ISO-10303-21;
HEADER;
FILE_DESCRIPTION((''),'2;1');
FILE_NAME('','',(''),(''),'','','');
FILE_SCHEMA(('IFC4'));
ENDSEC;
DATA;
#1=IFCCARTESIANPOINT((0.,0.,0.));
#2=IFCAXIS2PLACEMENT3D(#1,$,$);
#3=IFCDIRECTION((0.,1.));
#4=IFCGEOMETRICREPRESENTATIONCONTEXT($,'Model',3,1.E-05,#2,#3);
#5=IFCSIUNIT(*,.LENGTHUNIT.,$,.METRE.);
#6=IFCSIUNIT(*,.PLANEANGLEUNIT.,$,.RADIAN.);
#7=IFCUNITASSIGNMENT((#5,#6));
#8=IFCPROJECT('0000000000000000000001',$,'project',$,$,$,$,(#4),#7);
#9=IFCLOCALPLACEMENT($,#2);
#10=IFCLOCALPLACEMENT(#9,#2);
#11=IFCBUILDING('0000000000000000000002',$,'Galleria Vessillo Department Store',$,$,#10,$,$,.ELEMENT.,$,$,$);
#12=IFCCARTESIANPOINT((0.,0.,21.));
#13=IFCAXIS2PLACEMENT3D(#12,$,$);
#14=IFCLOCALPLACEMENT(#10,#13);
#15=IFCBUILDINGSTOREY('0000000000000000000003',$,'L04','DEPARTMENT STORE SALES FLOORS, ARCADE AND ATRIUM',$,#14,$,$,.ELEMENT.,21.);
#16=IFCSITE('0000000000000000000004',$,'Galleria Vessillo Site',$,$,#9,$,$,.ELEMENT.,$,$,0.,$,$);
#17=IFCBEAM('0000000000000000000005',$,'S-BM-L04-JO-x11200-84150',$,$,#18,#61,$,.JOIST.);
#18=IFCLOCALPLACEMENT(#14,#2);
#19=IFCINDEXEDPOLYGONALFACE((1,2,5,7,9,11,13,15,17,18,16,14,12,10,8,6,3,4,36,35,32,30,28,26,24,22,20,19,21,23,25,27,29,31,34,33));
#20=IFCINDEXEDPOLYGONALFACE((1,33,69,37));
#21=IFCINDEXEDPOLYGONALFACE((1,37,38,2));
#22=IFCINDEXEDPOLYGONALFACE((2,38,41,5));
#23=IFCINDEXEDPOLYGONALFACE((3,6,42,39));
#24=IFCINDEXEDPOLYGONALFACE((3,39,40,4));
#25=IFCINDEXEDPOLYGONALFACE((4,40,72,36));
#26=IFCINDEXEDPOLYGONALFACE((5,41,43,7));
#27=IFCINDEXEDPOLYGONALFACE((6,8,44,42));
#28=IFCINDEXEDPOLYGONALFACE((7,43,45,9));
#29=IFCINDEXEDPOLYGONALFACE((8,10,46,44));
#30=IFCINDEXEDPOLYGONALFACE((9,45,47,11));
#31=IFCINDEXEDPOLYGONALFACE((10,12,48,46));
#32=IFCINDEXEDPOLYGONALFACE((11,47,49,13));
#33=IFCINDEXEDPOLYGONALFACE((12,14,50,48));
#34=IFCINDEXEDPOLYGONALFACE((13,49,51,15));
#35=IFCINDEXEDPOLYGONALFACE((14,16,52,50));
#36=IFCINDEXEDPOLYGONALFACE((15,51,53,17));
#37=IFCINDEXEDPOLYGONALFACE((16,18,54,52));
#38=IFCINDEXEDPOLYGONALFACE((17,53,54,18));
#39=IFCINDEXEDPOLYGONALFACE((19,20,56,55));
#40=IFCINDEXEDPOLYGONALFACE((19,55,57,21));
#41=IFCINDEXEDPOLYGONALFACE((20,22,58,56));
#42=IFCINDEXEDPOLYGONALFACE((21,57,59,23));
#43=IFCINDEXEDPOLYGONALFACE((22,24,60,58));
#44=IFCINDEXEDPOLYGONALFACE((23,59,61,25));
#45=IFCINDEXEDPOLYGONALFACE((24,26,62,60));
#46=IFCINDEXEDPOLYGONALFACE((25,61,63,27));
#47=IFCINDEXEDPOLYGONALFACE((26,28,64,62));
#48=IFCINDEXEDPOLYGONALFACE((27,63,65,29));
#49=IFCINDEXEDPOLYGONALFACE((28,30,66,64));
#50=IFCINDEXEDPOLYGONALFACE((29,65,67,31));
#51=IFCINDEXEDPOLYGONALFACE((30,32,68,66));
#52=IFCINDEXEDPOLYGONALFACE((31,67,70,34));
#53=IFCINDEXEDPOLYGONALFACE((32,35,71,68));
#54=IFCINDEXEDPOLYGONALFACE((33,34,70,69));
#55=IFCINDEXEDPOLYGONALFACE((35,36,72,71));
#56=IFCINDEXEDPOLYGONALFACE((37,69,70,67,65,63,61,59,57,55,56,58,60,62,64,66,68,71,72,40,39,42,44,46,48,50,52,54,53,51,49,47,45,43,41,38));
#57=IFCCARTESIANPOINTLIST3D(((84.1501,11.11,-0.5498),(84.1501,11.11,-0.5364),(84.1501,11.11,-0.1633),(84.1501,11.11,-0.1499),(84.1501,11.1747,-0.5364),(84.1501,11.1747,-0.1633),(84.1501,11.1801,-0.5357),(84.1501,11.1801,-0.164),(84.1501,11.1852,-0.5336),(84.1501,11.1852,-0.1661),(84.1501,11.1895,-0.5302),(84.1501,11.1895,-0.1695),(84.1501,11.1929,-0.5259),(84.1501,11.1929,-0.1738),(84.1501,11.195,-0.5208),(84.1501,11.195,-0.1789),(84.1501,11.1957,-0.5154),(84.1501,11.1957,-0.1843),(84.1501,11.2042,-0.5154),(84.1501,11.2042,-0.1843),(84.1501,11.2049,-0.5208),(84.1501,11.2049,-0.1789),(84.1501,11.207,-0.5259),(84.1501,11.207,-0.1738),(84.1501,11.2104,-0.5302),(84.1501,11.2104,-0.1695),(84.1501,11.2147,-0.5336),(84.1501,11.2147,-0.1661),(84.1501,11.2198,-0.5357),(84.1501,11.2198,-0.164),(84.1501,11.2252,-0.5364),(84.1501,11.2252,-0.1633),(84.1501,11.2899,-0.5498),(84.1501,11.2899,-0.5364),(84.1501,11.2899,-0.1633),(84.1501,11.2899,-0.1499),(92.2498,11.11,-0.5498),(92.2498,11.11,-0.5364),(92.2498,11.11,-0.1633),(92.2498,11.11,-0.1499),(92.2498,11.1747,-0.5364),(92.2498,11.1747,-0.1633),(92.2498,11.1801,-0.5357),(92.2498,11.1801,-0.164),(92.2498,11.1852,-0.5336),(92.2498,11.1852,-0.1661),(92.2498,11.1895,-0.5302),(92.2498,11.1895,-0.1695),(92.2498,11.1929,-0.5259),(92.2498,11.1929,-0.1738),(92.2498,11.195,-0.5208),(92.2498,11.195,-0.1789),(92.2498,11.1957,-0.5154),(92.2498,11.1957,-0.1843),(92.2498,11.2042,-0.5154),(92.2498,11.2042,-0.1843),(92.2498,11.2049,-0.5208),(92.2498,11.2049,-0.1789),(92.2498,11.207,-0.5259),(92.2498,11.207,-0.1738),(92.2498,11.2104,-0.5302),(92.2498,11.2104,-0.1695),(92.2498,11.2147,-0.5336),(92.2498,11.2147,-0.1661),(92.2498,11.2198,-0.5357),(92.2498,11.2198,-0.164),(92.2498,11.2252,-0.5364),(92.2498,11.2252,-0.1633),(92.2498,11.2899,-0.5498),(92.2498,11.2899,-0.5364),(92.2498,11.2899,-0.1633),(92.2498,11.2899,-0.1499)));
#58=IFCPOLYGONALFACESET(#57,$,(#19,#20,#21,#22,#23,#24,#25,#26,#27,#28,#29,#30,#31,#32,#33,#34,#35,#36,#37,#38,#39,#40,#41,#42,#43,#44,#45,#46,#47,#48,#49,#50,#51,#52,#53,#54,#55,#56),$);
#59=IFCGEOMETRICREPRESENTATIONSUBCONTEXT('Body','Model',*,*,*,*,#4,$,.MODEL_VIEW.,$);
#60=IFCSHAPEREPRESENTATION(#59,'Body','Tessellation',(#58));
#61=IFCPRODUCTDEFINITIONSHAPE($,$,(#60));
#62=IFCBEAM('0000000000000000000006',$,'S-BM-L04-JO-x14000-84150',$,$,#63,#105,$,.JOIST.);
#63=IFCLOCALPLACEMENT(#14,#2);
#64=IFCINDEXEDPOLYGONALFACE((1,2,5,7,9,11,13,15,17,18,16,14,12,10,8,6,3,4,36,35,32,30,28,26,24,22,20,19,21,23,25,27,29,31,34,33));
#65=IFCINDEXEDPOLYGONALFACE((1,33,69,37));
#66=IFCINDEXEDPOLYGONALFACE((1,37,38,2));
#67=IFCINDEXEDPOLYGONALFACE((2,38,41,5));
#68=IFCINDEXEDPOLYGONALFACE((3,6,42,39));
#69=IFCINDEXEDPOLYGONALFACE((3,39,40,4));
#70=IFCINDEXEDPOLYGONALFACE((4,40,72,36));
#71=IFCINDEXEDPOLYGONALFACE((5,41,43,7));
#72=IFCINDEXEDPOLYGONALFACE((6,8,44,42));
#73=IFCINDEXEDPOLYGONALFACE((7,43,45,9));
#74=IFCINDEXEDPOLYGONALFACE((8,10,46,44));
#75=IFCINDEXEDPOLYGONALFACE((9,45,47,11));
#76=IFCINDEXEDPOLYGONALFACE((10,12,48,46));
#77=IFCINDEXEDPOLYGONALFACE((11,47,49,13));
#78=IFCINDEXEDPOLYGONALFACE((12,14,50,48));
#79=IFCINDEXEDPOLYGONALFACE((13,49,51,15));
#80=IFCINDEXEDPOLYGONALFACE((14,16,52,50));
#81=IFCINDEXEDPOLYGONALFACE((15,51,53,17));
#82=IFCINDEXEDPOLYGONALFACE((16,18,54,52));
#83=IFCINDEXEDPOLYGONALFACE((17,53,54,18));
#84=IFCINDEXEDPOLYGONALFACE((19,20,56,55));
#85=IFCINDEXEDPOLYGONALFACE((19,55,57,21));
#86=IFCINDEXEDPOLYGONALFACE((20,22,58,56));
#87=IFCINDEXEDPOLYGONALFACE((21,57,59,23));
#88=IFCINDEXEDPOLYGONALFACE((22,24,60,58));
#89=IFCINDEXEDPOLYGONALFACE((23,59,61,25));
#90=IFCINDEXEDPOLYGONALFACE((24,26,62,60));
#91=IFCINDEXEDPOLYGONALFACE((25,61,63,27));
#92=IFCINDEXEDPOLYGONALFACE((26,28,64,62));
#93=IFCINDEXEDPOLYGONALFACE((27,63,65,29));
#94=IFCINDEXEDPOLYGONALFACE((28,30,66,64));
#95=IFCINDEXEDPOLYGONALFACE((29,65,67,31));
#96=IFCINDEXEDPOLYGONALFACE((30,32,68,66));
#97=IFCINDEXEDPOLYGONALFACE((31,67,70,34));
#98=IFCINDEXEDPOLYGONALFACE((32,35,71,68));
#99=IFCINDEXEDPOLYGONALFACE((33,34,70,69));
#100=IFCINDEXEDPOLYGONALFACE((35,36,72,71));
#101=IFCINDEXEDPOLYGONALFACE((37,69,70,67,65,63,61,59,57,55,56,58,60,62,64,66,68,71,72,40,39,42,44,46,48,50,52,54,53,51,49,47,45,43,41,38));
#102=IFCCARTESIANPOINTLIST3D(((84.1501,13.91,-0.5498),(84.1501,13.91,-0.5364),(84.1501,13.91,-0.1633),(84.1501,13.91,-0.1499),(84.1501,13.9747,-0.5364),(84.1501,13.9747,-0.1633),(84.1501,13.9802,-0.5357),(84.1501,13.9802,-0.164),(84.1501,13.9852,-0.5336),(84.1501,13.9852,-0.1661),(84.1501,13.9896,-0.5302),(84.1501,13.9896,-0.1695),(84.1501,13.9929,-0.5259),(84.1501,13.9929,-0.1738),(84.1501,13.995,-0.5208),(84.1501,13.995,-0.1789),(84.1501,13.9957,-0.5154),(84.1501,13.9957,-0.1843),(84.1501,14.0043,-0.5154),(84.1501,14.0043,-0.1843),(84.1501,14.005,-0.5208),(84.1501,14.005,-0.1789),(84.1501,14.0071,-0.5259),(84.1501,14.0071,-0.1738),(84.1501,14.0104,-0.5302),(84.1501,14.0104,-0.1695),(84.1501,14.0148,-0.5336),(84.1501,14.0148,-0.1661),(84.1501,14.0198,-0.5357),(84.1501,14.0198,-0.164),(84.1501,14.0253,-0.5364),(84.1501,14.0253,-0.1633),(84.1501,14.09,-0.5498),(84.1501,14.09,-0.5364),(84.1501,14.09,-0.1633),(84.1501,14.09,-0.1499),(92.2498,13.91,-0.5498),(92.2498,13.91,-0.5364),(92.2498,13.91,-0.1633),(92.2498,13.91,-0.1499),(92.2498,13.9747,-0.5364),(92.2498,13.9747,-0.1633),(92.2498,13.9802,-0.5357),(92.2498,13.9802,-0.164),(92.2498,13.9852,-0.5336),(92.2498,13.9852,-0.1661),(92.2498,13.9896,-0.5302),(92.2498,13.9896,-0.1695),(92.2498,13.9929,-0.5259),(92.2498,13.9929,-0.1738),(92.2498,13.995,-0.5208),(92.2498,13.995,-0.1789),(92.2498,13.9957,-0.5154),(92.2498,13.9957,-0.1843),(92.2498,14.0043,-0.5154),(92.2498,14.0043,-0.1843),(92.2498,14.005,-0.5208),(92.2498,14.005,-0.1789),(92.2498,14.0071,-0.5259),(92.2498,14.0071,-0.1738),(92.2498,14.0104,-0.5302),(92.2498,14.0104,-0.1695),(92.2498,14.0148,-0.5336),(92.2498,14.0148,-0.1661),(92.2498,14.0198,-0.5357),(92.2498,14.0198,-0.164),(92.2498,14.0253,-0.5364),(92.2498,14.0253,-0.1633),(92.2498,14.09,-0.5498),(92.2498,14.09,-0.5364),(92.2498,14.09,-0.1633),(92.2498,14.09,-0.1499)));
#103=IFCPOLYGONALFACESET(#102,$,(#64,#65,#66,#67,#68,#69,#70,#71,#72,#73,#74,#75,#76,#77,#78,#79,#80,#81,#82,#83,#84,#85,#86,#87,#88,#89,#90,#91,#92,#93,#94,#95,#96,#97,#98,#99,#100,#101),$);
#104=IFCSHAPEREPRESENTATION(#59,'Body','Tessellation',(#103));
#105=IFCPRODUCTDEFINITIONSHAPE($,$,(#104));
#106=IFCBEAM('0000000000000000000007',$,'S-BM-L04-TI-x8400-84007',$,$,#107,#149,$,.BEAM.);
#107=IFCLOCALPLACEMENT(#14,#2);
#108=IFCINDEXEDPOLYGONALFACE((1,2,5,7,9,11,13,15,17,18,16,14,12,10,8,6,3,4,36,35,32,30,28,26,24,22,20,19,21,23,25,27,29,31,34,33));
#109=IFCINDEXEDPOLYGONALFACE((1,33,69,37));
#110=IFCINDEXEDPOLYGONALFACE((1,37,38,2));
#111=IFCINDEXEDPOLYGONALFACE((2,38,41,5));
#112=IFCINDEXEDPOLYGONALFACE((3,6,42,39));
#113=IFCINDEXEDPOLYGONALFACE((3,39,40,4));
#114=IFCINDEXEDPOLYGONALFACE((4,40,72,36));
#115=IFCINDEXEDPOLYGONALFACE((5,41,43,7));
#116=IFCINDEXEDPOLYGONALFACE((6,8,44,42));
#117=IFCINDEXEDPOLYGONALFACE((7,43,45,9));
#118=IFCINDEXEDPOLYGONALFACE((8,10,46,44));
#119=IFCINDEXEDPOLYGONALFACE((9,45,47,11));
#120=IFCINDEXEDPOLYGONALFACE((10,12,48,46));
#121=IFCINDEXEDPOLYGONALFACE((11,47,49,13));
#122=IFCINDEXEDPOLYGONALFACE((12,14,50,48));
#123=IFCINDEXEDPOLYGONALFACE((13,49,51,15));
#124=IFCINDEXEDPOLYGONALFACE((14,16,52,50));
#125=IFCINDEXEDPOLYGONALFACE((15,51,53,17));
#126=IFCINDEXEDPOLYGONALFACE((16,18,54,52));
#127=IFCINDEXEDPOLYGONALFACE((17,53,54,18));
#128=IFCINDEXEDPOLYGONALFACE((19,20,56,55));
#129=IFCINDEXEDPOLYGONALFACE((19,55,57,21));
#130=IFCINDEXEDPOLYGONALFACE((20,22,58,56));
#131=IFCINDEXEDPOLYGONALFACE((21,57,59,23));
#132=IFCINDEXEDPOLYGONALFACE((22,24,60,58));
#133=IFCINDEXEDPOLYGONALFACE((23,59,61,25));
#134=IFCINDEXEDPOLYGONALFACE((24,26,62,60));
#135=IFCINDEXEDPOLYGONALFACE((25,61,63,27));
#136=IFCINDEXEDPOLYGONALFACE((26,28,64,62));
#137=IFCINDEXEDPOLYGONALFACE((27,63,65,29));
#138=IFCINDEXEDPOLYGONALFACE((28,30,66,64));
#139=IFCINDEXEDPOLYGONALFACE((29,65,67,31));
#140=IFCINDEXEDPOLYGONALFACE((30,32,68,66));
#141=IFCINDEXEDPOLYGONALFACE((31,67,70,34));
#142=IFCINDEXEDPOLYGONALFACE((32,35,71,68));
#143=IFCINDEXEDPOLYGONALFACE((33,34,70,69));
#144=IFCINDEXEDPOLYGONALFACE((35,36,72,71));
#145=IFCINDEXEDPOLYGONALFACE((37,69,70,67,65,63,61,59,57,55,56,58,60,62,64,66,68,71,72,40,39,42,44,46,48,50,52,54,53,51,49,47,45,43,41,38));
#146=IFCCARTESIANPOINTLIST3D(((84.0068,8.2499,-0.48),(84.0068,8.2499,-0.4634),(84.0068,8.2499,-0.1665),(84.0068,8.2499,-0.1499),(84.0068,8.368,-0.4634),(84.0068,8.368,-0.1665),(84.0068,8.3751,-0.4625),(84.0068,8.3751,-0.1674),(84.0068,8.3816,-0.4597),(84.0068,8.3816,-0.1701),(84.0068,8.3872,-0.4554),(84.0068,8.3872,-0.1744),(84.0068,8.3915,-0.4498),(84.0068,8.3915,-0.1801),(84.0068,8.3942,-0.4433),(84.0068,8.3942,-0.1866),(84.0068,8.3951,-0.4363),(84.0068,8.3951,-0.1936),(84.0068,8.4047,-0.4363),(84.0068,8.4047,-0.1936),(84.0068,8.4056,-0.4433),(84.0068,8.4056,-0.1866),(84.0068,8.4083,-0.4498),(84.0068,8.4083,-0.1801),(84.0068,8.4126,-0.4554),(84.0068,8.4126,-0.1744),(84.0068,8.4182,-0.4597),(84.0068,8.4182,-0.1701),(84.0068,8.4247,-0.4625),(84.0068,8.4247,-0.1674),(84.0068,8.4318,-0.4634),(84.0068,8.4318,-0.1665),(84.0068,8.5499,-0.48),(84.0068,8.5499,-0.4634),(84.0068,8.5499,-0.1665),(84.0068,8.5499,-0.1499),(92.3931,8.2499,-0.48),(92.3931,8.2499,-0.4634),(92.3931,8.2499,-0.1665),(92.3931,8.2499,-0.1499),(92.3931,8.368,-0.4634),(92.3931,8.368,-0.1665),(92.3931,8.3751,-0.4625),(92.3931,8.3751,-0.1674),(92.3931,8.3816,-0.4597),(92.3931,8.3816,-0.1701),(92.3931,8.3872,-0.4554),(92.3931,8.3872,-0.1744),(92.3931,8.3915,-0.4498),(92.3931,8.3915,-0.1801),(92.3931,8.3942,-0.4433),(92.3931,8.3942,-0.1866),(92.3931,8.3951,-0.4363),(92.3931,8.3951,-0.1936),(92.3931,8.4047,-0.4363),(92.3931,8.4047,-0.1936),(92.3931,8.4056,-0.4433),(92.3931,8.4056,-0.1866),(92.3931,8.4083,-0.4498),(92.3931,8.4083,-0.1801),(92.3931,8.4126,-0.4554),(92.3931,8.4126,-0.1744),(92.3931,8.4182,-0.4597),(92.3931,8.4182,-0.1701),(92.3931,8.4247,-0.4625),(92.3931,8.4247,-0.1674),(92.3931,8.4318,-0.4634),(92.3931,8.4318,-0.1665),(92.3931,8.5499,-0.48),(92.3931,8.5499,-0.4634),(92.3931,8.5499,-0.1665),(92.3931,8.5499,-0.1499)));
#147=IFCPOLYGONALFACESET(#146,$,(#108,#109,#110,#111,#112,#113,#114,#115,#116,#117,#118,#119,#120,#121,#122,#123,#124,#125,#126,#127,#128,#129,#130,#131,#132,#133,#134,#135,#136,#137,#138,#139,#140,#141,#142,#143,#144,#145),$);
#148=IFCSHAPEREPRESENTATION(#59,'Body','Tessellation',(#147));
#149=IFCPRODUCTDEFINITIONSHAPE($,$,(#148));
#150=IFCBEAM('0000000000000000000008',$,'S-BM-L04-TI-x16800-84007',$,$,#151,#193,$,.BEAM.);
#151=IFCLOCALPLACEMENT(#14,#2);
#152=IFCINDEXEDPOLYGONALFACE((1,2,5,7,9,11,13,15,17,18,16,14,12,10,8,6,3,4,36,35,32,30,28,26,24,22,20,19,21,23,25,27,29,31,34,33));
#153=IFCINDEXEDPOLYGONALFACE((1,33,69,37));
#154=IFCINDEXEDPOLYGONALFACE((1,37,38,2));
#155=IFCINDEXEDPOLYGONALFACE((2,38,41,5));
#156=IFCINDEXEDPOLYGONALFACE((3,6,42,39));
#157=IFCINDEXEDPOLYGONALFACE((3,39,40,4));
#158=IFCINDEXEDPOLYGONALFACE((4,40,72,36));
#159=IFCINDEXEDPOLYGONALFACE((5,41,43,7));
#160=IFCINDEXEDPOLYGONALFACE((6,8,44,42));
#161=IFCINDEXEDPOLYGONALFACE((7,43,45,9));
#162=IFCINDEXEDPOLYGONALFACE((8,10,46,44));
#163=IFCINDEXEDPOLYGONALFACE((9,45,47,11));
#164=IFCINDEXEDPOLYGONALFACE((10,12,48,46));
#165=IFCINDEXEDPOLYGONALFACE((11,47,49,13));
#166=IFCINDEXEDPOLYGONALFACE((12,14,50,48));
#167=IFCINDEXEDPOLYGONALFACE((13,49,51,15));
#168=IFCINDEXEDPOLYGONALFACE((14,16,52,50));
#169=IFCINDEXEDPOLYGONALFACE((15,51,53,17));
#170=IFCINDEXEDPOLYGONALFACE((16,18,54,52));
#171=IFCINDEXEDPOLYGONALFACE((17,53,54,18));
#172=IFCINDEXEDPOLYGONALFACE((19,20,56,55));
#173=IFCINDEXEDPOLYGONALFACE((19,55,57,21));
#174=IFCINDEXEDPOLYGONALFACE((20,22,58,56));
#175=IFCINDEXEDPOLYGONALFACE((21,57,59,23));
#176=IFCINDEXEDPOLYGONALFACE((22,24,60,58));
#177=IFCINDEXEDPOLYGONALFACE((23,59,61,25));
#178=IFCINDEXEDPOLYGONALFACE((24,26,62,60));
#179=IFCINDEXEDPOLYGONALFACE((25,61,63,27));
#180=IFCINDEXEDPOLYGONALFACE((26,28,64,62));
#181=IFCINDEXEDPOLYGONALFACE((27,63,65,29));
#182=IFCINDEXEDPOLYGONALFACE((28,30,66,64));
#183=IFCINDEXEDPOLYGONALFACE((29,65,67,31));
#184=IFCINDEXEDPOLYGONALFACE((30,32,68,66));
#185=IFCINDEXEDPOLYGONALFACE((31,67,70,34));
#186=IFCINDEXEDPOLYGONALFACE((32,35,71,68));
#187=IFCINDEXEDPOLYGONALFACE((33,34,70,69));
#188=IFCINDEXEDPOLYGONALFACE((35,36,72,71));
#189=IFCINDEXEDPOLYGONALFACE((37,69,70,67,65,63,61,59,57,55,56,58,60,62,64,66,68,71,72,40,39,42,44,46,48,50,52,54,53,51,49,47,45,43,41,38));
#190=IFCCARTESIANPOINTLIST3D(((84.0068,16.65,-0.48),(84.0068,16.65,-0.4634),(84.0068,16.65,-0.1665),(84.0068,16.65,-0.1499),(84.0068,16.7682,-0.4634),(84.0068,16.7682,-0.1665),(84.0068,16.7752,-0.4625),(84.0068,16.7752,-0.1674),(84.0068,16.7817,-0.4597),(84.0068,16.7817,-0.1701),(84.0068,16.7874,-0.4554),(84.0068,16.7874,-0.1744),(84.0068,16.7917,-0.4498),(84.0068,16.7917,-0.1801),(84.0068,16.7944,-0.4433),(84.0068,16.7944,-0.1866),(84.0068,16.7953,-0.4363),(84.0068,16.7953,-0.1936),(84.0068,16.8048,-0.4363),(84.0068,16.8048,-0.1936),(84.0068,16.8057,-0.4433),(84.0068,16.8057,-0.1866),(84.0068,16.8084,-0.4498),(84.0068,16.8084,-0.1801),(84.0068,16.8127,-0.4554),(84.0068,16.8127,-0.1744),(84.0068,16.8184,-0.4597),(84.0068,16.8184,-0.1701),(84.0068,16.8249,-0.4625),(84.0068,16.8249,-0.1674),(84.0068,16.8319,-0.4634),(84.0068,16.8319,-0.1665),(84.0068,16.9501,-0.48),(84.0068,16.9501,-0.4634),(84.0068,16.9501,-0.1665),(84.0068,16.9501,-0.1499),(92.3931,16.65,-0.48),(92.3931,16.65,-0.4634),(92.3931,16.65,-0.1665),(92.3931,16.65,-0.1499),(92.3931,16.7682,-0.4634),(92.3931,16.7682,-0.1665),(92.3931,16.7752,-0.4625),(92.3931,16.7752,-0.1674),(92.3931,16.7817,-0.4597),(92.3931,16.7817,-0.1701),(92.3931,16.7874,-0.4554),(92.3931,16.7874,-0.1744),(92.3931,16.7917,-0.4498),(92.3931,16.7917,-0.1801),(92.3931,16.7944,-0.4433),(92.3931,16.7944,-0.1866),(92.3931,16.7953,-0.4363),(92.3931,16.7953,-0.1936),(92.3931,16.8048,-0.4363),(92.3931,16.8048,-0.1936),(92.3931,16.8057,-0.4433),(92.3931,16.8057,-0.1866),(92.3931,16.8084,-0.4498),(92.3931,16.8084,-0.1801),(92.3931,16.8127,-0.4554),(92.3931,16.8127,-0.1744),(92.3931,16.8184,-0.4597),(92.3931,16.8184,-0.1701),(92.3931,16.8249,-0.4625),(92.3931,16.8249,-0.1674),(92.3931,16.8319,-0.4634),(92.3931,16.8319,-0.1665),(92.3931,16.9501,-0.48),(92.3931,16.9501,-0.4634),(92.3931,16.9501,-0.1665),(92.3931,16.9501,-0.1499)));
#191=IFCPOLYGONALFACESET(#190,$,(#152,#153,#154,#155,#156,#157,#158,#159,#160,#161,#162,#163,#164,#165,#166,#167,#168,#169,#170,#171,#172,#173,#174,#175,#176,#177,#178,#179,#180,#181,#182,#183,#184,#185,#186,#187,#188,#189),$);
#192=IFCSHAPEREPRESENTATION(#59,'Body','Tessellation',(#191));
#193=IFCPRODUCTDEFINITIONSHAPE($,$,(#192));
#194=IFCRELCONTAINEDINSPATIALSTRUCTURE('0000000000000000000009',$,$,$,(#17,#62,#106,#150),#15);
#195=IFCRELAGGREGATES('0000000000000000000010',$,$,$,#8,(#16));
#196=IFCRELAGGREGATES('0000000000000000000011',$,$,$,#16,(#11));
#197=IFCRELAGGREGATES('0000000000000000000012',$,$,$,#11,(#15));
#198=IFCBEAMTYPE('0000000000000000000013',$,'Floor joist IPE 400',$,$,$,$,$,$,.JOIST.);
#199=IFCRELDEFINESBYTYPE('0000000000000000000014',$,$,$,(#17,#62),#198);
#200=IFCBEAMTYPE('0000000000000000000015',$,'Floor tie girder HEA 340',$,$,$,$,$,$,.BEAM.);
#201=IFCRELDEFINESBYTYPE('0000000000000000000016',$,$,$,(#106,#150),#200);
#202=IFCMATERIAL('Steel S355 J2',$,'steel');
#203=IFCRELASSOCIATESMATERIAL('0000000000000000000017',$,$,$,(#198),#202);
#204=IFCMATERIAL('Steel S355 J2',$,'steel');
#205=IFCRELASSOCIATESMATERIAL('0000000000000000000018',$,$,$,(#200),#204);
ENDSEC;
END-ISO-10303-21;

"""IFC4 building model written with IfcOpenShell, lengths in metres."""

from ifc_helpers import new_model, si_unit, direction, frame, origin, origin_2d, place, context, subcontext, project, spatial, i_section, extrude, material, material_profile, profile_set, type_object, element, save


model = new_model("IFC4")

# Units and contexts
model_context = context("Model", 3, precision=1e-05, world=origin(), true_north=direction((0.0, 1.0)))
body_context = subcontext(model_context, "Body", "Model", "MODEL_VIEW")
ifc_project = project(units=[si_unit("LENGTHUNIT", "METRE"), si_unit("PLANEANGLEUNIT", "RADIAN")], contexts=[model_context])

# Site, building, storey
site_placement = place(None, origin())
site = spatial("IfcSite", under=ifc_project, at=site_placement, Name="Galleria Vessillo Site", CompositionType="ELEMENT", RefElevation=0.0)
building_placement = place(site_placement, origin())
building = spatial("IfcBuilding", under=site, at=building_placement, Name="Galleria Vessillo Department Store", CompositionType="ELEMENT")
storey_placement = place(building_placement, frame((0.0, 0.0, 21.0)))
storey = spatial("IfcBuildingStorey", under=building, at=storey_placement, Name="L04", Description="DEPARTMENT STORE SALES FLOORS, ARCADE AND ATRIUM", CompositionType="ELEMENT", Elevation=21.0)

# Beams
ifc_material_1 = material(Name="Steel S355 J2", Category="steel")
ifc_material_profile_1 = material_profile(ifc_material_1, i_section(OverallWidth=0.1799, OverallDepth=0.3999, WebThickness=0.0085, FlangeThickness=0.0134, FilletRadius=0.021, at=origin_2d()), Name="IPE 400")
ifc_profile_set_1 = profile_set([ifc_material_profile_1], Name="Steel S355 J2")
beam_type_1 = type_object("IfcBeamType", Name="Floor joist IPE 400", PredefinedType="JOIST", material=ifc_profile_set_1)
for number, where, z_axis, x_axis, name in (
    (1, (84.1501, 11.2, -0.3499), (1.0, 0.0, 0.0), (0.0, 1.0, 0.0), "S-BM-L04-JO-x11200-84150"),
    (2, (84.1501, 14.0, -0.3499), (1.0, 0.0, 0.0), (0.0, 1.0, 0.0), "S-BM-L04-JO-x14000-84150"),
):
    element("IfcBeam", number, at=place(storey_placement, frame(where, z_axis=z_axis, x_axis=x_axis)), inside=storey, type_object=beam_type_1, Name=name, PredefinedType="JOIST", context=body_context, shape_type="SweptSolid", body=[
        extrude(i_section(OverallWidth=0.1799, OverallDepth=0.3999, WebThickness=0.0085, FlangeThickness=0.0134, FilletRadius=0.021, at=origin_2d()), origin(), (0.0, 0.0, 1.0), 8.0996),
    ])
ifc_material_2 = material(Name="Steel S355 J2", Category="steel")
ifc_material_profile_2 = material_profile(ifc_material_2, i_section(OverallWidth=0.3, OverallDepth=0.3301, WebThickness=0.0095, FlangeThickness=0.0166, FilletRadius=0.0271, at=origin_2d()), Name="HEA 340")
ifc_profile_set_2 = profile_set([ifc_material_profile_2], Name="Steel S355 J2")
beam_type_2 = type_object("IfcBeamType", Name="Floor tie girder HEA 340", PredefinedType="BEAM", material=ifc_profile_set_2)
for number, where, z_axis, x_axis, name in (
    (3, (84.0068, 8.3999, -0.3149), (1.0, 0.0, 0.0), (0.0, 1.0, 0.0), "S-BM-L04-TI-x8400-84007"),
    (4, (84.0068, 16.8, -0.3149), (1.0, 0.0, 0.0), (0.0, 1.0, 0.0), "S-BM-L04-TI-x16800-84007"),
):
    element("IfcBeam", number, at=place(storey_placement, frame(where, z_axis=z_axis, x_axis=x_axis)), inside=storey, type_object=beam_type_2, Name=name, PredefinedType="BEAM", context=body_context, shape_type="SweptSolid", body=[
        extrude(i_section(OverallWidth=0.3, OverallDepth=0.3301, WebThickness=0.0095, FlangeThickness=0.0166, FilletRadius=0.0271, at=origin_2d()), origin(), (0.0, 0.0, 1.0), 8.3862),
    ])

save(model, "model.ifc")
